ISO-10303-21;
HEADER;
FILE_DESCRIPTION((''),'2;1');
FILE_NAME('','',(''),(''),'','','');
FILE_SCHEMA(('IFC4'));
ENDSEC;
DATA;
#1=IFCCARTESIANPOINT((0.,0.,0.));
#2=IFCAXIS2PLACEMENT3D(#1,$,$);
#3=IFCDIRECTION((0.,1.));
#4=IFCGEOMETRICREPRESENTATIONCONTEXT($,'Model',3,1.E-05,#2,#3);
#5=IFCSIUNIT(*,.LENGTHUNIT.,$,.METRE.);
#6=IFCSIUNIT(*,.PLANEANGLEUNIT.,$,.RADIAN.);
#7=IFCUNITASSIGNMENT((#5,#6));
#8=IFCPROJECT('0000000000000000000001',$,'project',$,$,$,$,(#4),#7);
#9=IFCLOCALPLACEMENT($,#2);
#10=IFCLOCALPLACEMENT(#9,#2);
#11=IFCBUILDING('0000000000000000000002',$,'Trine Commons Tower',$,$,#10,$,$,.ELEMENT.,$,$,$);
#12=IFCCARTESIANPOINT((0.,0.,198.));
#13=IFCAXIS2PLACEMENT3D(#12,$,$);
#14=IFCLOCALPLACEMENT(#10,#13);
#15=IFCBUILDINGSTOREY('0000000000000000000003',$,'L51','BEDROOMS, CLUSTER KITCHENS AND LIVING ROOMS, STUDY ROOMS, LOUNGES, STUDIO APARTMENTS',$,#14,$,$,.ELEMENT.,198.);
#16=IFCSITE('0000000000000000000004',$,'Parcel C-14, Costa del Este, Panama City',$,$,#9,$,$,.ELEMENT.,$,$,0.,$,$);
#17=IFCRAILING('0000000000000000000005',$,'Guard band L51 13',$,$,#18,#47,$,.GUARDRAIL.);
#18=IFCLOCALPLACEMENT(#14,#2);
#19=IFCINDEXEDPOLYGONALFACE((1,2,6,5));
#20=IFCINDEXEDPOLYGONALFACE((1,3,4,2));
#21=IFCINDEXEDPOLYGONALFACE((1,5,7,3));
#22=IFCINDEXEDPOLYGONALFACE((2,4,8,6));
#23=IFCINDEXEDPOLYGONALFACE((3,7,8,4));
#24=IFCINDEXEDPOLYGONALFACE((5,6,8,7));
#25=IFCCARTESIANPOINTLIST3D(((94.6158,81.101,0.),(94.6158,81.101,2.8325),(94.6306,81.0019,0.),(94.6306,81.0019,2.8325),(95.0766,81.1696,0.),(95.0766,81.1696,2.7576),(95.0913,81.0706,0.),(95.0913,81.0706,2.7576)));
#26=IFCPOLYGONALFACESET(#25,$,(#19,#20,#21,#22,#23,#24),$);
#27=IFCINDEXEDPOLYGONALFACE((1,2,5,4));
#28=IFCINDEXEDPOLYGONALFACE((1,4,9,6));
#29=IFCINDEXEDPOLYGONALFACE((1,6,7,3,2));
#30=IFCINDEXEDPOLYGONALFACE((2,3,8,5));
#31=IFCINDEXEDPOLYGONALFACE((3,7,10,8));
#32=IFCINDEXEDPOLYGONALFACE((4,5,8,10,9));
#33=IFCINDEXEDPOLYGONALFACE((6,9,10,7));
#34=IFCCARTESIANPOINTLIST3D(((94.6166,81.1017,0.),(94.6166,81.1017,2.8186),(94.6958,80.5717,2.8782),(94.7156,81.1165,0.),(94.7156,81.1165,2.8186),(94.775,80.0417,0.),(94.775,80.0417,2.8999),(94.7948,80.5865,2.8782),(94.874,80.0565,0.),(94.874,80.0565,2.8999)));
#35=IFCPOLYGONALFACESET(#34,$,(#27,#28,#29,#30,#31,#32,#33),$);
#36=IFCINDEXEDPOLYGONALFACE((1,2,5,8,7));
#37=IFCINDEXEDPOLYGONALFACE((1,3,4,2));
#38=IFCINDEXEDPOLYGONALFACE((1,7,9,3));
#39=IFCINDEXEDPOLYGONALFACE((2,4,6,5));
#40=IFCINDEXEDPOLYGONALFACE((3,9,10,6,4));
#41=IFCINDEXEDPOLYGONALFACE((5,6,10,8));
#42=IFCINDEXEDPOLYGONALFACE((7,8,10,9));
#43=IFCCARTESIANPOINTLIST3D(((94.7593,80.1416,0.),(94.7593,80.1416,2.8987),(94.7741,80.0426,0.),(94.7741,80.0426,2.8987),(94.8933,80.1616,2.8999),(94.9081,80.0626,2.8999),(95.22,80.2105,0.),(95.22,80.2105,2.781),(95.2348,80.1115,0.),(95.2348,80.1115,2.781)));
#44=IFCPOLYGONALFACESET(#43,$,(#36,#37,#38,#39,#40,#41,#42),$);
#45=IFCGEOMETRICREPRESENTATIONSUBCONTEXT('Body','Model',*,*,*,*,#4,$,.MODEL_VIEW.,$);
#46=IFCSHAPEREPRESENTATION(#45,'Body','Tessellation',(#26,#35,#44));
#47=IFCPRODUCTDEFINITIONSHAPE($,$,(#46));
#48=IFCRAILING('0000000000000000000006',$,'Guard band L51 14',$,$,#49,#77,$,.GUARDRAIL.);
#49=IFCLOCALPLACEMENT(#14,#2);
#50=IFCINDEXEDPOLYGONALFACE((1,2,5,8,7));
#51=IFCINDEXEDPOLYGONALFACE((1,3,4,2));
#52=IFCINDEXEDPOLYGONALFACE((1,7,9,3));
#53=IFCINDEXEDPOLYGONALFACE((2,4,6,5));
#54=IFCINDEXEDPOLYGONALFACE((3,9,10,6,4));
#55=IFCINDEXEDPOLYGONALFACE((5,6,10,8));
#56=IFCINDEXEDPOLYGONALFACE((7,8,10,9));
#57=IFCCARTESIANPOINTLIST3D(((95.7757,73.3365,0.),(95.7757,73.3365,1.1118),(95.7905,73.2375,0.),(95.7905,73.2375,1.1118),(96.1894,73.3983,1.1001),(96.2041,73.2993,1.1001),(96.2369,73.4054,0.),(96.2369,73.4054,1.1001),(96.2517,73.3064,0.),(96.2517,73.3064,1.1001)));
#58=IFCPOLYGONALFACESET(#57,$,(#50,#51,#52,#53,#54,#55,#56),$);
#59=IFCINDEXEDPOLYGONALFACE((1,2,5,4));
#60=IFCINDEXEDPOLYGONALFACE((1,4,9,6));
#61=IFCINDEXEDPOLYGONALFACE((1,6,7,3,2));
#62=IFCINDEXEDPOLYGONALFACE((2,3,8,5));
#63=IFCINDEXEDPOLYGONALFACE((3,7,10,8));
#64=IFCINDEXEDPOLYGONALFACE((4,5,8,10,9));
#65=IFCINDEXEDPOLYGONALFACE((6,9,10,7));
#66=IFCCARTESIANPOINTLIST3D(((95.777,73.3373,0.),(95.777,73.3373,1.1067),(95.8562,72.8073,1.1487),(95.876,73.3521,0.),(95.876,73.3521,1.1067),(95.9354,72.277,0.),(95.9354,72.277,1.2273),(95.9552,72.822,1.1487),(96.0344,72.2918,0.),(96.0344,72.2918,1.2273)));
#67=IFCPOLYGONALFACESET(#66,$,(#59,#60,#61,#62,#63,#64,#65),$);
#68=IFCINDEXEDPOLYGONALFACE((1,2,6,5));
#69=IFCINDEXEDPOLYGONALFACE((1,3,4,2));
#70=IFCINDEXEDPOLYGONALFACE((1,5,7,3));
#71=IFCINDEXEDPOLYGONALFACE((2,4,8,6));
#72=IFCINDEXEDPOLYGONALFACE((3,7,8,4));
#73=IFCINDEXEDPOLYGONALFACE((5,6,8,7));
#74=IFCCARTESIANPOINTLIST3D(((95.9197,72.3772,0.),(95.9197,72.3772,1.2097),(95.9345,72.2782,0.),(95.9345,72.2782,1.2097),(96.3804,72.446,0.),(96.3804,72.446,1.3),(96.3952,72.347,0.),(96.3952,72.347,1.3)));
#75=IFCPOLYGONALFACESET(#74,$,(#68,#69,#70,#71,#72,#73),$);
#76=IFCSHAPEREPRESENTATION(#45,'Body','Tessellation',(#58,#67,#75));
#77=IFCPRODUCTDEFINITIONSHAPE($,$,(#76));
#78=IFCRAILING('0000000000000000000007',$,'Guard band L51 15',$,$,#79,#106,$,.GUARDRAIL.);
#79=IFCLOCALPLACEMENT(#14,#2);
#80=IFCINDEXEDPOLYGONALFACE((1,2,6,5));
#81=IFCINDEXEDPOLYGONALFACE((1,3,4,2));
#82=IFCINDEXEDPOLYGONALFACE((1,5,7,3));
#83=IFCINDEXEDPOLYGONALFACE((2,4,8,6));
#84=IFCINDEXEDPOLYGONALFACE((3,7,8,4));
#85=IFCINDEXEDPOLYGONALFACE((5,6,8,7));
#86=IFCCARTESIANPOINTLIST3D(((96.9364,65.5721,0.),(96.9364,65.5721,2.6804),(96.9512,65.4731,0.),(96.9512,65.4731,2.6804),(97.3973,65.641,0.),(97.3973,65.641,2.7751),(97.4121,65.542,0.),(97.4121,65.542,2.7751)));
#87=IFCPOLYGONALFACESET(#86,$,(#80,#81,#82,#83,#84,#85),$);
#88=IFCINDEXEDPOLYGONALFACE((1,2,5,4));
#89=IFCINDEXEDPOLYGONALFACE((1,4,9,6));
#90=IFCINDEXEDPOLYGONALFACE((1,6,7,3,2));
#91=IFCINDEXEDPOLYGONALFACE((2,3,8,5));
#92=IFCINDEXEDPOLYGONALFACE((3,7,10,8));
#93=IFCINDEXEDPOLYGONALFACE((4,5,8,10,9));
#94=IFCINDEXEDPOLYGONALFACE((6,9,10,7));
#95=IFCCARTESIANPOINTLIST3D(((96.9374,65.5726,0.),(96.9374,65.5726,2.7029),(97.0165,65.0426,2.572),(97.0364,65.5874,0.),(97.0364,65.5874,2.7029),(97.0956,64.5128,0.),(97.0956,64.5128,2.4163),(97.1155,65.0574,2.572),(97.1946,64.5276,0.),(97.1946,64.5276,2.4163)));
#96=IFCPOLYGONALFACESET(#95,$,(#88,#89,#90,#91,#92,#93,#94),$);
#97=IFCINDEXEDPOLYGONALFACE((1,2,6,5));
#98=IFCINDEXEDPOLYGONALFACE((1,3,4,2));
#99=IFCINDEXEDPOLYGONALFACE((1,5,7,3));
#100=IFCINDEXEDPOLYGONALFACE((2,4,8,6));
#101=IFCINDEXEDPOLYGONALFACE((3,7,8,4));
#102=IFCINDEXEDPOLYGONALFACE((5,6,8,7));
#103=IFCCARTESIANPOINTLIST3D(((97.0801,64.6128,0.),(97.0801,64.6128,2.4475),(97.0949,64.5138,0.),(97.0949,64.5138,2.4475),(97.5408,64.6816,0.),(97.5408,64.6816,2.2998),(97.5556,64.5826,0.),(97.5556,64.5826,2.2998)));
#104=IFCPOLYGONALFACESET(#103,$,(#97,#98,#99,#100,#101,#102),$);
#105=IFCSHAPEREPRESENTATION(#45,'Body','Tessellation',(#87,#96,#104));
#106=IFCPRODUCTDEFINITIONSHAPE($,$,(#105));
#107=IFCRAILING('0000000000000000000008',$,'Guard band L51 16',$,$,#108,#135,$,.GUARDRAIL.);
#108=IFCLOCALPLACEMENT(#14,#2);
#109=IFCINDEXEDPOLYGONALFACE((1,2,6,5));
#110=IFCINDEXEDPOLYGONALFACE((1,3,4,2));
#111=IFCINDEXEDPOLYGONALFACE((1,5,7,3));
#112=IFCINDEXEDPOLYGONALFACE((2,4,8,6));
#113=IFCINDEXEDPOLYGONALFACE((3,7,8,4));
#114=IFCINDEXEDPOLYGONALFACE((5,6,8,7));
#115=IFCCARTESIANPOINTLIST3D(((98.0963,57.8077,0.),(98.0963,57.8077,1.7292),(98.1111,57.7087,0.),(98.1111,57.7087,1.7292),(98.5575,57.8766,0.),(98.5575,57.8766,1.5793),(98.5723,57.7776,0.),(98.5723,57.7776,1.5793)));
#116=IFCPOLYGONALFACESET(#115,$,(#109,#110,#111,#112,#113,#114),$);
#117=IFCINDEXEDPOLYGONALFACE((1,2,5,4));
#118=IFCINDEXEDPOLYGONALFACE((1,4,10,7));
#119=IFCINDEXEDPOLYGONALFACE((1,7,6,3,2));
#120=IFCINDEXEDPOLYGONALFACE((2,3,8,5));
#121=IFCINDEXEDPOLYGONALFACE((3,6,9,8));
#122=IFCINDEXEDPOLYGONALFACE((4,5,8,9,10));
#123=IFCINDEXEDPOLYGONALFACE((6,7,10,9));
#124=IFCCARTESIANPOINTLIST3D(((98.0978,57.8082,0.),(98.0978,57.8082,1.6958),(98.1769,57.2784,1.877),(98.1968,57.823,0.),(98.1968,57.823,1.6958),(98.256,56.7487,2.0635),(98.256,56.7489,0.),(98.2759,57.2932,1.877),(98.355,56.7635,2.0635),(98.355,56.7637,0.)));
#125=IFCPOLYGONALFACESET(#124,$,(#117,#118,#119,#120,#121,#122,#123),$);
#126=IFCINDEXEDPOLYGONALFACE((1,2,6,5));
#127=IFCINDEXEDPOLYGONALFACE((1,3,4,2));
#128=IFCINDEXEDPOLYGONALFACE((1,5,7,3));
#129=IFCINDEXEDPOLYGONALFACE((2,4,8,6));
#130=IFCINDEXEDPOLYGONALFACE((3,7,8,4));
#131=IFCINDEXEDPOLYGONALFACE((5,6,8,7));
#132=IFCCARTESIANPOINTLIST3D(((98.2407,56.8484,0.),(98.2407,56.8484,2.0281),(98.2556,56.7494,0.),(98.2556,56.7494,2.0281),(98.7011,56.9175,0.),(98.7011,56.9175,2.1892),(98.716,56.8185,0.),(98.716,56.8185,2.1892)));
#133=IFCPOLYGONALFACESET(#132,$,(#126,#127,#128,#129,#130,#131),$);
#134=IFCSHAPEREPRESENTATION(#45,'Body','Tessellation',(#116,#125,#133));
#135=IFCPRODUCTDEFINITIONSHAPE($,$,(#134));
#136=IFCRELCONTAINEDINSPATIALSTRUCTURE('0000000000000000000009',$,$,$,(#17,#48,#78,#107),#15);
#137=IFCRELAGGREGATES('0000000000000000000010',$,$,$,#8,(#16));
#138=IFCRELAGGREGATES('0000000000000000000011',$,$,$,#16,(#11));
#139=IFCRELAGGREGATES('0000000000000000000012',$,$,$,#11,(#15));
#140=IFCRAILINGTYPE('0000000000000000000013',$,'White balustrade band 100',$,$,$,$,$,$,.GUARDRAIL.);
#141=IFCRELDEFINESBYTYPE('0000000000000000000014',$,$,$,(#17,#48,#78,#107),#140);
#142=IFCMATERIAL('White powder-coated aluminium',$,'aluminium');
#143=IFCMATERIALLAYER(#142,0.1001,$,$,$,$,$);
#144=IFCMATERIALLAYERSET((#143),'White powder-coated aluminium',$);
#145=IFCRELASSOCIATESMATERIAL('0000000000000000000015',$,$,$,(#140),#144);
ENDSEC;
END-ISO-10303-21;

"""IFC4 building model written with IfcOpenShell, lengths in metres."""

from ifc_helpers import new_model, si_unit, direction, frame, origin, place, context, subcontext, project, spatial, polyline, outline, extrude, material, layer, layer_set, type_object, element, save


model = new_model("IFC4")

# Units and contexts
model_context = context("Model", 3, precision=1e-05, world=origin(), true_north=direction((0.0, 1.0)))
body_context = subcontext(model_context, "Body", "Model", "MODEL_VIEW")
ifc_project = project(units=[si_unit("LENGTHUNIT", "METRE"), si_unit("PLANEANGLEUNIT", "RADIAN")], contexts=[model_context])

# Site, building, storey
site_placement = place(None, origin())
site = spatial("IfcSite", under=ifc_project, at=site_placement, Name="Parcel C-14, Costa del Este, Panama City", CompositionType="ELEMENT", RefElevation=0.0)
building_placement = place(site_placement, origin())
building = spatial("IfcBuilding", under=site, at=building_placement, Name="Trine Commons Tower", CompositionType="ELEMENT")
storey_placement = place(building_placement, frame((0.0, 0.0, 198.0)))
storey = spatial("IfcBuildingStorey", under=building, at=storey_placement, Name="L51", Description="BEDROOMS, CLUSTER KITCHENS AND LIVING ROOMS, STUDY ROOMS, LOUNGES, STUDIO APARTMENTS", CompositionType="ELEMENT", Elevation=198.0)

# Railings
ifc_material_1 = material(Name="White powder-coated aluminium", Category="aluminium")
ifc_layer_1 = layer(ifc_material_1, 0.1001)
ifc_layer_set_1 = layer_set([ifc_layer_1], Name="White powder-coated aluminium")
railing_type = type_object("IfcRailingType", Name="White balustrade band 100", PredefinedType="GUARDRAIL", material=ifc_layer_set_1)
railing_1_placement = place(storey_placement, origin())
element("IfcRailing", 1, at=railing_1_placement, inside=storey, type_object=railing_type, Name="Guard band L51 13", PredefinedType="GUARDRAIL", context=body_context, shape_type="SweptSolid", body=[
    extrude(outline(polyline([(0.0, 0.0), (0.4658, 0.0), (0.4658, 2.8325), (0.4658, 2.8325), (0.0, 2.7576), (0.0, 0.0)])), frame((95.0913, 81.0706, 0.0), z_axis=(-0.147289, 0.989093, 0.0), x_axis=(-0.989093, -0.147289, 0.0)), (0.0, 0.0, 1.0), 0.1001),
    extrude(outline(polyline([(0.0, 0.0), (1.0718, 0.0), (1.0718, 2.8999), (0.5359, 2.8782), (0.0, 2.8186), (0.0, 0.0)])), frame((94.7156, 81.1165, 0.0), z_axis=(-0.989013, -0.147828, 0.0), x_axis=(0.147828, -0.989013, 0.0)), (0.0, 0.0, 1.0), 0.1001),
    extrude(outline(polyline([(0.0, 0.0), (0.4658, 0.0), (0.4658, 2.781), (0.1355, 2.8999), (0.0, 2.8987), (0.0, 0.0)])), frame((94.7593, 80.1416, 0.0), z_axis=(0.147802, -0.989017, 0.0), x_axis=(0.989017, 0.147802, 0.0)), (0.0, 0.0, 1.0), 0.1001),
])
railing_2_placement = place(storey_placement, origin())
element("IfcRailing", 2, at=railing_2_placement, inside=storey, type_object=railing_type, Name="Guard band L51 14", PredefinedType="GUARDRAIL", context=body_context, shape_type="SweptSolid", body=[
    extrude(outline(polyline([(0.0, 0.0), (0.4663, 0.0), (0.4663, 1.1118), (0.0481, 1.1001), (0.0, 1.1001), (0.0, 0.0)])), frame((96.2517, 73.3064, 0.0), z_axis=(-0.147649, 0.98904, 0.0), x_axis=(-0.98904, -0.147649, 0.0)), (0.0, 0.0, 1.0), 0.1001),
    extrude(outline(polyline([(0.0, 0.0), (1.072, 0.0), (1.072, 1.2273), (0.5359, 1.1487), (0.0, 1.1067), (0.0, 0.0)])), frame((95.876, 73.3521, 0.0), z_axis=(-0.989018, -0.147795, 0.0), x_axis=(0.147795, -0.989018, 0.0)), (0.0, 0.0, 1.0), 0.1001),
    extrude(outline(polyline([(0.0, 0.0), (0.4658, 0.0), (0.4658, 1.3), (0.0, 1.2097), (0.0, 0.0)])), frame((95.9197, 72.3772, 0.0), z_axis=(0.147802, -0.989017, 0.0), x_axis=(0.989017, 0.147802, 0.0)), (0.0, 0.0, 1.0), 0.1001),
])
railing_3_placement = place(storey_placement, origin())
element("IfcRailing", 3, at=railing_3_placement, inside=storey, type_object=railing_type, Name="Guard band L51 15", PredefinedType="GUARDRAIL", context=body_context, shape_type="SweptSolid", body=[
    extrude(outline(polyline([(0.0, 0.0), (0.4661, 0.0), (0.4661, 2.6804), (0.0, 2.7751), (0.0, 0.0)])), frame((97.4121, 65.542, 0.0), z_axis=(-0.147726, 0.989028, 0.0), x_axis=(-0.989028, -0.147726, 0.0)), (0.0, 0.0, 1.0), 0.1001),
    extrude(outline(polyline([(0.0, 0.0), (1.0715, 0.0), (1.0715, 2.4163), (0.5359, 2.572), (0.0, 2.7029), (0.0, 0.0)])), frame((97.0364, 65.5874, 0.0), z_axis=(-0.989041, -0.147639, 0.0), x_axis=(0.147639, -0.989041, 0.0)), (0.0, 0.0, 1.0), 0.1001),
    extrude(outline(polyline([(0.0, 0.0), (0.4658, 0.0), (0.4658, 2.2998), (0.0, 2.4475), (0.0, 0.0)])), frame((97.0801, 64.6128, 0.0), z_axis=(0.147802, -0.989017, 0.0), x_axis=(0.989017, 0.147802, 0.0)), (0.0, 0.0, 1.0), 0.1001),
])
railing_4_placement = place(storey_placement, origin())
element("IfcRailing", 4, at=railing_4_placement, inside=storey, type_object=railing_type, Name="Guard band L51 16", PredefinedType="GUARDRAIL", context=body_context, shape_type="SweptSolid", body=[
    extrude(outline(polyline([(0.0, 0.0), (0.4663, 0.0), (0.4663, 1.7292), (0.0, 1.5793), (0.0, 0.0)])), frame((98.5723, 57.7776, 0.0), z_axis=(-0.147649, 0.98904, 0.0), x_axis=(-0.98904, -0.147649, 0.0)), (0.0, 0.0, 1.0), 0.1001),
    extrude(outline(polyline([(0.0, 0.0), (1.071, 0.0), (1.0713, 2.0635), (0.5356, 1.877), (0.0, 1.6958), (0.0, 0.0)])), frame((98.1968, 57.823, 0.0), z_axis=(-0.989031, -0.147705, 0.0), x_axis=(0.147705, -0.989031, 0.0)), (0.0, 0.0, 1.0), 0.1001),
    extrude(outline(polyline([(0.0, 0.0), (0.4656, 0.0), (0.4656, 2.1892), (0.0, 2.0281), (0.0, 0.0)])), frame((98.2407, 56.8484, 0.0), z_axis=(0.148392, -0.988929, 0.0), x_axis=(0.988929, 0.148392, 0.0)), (0.0, 0.0, 1.0), 0.1001),
])

save(model, "model.ifc")
